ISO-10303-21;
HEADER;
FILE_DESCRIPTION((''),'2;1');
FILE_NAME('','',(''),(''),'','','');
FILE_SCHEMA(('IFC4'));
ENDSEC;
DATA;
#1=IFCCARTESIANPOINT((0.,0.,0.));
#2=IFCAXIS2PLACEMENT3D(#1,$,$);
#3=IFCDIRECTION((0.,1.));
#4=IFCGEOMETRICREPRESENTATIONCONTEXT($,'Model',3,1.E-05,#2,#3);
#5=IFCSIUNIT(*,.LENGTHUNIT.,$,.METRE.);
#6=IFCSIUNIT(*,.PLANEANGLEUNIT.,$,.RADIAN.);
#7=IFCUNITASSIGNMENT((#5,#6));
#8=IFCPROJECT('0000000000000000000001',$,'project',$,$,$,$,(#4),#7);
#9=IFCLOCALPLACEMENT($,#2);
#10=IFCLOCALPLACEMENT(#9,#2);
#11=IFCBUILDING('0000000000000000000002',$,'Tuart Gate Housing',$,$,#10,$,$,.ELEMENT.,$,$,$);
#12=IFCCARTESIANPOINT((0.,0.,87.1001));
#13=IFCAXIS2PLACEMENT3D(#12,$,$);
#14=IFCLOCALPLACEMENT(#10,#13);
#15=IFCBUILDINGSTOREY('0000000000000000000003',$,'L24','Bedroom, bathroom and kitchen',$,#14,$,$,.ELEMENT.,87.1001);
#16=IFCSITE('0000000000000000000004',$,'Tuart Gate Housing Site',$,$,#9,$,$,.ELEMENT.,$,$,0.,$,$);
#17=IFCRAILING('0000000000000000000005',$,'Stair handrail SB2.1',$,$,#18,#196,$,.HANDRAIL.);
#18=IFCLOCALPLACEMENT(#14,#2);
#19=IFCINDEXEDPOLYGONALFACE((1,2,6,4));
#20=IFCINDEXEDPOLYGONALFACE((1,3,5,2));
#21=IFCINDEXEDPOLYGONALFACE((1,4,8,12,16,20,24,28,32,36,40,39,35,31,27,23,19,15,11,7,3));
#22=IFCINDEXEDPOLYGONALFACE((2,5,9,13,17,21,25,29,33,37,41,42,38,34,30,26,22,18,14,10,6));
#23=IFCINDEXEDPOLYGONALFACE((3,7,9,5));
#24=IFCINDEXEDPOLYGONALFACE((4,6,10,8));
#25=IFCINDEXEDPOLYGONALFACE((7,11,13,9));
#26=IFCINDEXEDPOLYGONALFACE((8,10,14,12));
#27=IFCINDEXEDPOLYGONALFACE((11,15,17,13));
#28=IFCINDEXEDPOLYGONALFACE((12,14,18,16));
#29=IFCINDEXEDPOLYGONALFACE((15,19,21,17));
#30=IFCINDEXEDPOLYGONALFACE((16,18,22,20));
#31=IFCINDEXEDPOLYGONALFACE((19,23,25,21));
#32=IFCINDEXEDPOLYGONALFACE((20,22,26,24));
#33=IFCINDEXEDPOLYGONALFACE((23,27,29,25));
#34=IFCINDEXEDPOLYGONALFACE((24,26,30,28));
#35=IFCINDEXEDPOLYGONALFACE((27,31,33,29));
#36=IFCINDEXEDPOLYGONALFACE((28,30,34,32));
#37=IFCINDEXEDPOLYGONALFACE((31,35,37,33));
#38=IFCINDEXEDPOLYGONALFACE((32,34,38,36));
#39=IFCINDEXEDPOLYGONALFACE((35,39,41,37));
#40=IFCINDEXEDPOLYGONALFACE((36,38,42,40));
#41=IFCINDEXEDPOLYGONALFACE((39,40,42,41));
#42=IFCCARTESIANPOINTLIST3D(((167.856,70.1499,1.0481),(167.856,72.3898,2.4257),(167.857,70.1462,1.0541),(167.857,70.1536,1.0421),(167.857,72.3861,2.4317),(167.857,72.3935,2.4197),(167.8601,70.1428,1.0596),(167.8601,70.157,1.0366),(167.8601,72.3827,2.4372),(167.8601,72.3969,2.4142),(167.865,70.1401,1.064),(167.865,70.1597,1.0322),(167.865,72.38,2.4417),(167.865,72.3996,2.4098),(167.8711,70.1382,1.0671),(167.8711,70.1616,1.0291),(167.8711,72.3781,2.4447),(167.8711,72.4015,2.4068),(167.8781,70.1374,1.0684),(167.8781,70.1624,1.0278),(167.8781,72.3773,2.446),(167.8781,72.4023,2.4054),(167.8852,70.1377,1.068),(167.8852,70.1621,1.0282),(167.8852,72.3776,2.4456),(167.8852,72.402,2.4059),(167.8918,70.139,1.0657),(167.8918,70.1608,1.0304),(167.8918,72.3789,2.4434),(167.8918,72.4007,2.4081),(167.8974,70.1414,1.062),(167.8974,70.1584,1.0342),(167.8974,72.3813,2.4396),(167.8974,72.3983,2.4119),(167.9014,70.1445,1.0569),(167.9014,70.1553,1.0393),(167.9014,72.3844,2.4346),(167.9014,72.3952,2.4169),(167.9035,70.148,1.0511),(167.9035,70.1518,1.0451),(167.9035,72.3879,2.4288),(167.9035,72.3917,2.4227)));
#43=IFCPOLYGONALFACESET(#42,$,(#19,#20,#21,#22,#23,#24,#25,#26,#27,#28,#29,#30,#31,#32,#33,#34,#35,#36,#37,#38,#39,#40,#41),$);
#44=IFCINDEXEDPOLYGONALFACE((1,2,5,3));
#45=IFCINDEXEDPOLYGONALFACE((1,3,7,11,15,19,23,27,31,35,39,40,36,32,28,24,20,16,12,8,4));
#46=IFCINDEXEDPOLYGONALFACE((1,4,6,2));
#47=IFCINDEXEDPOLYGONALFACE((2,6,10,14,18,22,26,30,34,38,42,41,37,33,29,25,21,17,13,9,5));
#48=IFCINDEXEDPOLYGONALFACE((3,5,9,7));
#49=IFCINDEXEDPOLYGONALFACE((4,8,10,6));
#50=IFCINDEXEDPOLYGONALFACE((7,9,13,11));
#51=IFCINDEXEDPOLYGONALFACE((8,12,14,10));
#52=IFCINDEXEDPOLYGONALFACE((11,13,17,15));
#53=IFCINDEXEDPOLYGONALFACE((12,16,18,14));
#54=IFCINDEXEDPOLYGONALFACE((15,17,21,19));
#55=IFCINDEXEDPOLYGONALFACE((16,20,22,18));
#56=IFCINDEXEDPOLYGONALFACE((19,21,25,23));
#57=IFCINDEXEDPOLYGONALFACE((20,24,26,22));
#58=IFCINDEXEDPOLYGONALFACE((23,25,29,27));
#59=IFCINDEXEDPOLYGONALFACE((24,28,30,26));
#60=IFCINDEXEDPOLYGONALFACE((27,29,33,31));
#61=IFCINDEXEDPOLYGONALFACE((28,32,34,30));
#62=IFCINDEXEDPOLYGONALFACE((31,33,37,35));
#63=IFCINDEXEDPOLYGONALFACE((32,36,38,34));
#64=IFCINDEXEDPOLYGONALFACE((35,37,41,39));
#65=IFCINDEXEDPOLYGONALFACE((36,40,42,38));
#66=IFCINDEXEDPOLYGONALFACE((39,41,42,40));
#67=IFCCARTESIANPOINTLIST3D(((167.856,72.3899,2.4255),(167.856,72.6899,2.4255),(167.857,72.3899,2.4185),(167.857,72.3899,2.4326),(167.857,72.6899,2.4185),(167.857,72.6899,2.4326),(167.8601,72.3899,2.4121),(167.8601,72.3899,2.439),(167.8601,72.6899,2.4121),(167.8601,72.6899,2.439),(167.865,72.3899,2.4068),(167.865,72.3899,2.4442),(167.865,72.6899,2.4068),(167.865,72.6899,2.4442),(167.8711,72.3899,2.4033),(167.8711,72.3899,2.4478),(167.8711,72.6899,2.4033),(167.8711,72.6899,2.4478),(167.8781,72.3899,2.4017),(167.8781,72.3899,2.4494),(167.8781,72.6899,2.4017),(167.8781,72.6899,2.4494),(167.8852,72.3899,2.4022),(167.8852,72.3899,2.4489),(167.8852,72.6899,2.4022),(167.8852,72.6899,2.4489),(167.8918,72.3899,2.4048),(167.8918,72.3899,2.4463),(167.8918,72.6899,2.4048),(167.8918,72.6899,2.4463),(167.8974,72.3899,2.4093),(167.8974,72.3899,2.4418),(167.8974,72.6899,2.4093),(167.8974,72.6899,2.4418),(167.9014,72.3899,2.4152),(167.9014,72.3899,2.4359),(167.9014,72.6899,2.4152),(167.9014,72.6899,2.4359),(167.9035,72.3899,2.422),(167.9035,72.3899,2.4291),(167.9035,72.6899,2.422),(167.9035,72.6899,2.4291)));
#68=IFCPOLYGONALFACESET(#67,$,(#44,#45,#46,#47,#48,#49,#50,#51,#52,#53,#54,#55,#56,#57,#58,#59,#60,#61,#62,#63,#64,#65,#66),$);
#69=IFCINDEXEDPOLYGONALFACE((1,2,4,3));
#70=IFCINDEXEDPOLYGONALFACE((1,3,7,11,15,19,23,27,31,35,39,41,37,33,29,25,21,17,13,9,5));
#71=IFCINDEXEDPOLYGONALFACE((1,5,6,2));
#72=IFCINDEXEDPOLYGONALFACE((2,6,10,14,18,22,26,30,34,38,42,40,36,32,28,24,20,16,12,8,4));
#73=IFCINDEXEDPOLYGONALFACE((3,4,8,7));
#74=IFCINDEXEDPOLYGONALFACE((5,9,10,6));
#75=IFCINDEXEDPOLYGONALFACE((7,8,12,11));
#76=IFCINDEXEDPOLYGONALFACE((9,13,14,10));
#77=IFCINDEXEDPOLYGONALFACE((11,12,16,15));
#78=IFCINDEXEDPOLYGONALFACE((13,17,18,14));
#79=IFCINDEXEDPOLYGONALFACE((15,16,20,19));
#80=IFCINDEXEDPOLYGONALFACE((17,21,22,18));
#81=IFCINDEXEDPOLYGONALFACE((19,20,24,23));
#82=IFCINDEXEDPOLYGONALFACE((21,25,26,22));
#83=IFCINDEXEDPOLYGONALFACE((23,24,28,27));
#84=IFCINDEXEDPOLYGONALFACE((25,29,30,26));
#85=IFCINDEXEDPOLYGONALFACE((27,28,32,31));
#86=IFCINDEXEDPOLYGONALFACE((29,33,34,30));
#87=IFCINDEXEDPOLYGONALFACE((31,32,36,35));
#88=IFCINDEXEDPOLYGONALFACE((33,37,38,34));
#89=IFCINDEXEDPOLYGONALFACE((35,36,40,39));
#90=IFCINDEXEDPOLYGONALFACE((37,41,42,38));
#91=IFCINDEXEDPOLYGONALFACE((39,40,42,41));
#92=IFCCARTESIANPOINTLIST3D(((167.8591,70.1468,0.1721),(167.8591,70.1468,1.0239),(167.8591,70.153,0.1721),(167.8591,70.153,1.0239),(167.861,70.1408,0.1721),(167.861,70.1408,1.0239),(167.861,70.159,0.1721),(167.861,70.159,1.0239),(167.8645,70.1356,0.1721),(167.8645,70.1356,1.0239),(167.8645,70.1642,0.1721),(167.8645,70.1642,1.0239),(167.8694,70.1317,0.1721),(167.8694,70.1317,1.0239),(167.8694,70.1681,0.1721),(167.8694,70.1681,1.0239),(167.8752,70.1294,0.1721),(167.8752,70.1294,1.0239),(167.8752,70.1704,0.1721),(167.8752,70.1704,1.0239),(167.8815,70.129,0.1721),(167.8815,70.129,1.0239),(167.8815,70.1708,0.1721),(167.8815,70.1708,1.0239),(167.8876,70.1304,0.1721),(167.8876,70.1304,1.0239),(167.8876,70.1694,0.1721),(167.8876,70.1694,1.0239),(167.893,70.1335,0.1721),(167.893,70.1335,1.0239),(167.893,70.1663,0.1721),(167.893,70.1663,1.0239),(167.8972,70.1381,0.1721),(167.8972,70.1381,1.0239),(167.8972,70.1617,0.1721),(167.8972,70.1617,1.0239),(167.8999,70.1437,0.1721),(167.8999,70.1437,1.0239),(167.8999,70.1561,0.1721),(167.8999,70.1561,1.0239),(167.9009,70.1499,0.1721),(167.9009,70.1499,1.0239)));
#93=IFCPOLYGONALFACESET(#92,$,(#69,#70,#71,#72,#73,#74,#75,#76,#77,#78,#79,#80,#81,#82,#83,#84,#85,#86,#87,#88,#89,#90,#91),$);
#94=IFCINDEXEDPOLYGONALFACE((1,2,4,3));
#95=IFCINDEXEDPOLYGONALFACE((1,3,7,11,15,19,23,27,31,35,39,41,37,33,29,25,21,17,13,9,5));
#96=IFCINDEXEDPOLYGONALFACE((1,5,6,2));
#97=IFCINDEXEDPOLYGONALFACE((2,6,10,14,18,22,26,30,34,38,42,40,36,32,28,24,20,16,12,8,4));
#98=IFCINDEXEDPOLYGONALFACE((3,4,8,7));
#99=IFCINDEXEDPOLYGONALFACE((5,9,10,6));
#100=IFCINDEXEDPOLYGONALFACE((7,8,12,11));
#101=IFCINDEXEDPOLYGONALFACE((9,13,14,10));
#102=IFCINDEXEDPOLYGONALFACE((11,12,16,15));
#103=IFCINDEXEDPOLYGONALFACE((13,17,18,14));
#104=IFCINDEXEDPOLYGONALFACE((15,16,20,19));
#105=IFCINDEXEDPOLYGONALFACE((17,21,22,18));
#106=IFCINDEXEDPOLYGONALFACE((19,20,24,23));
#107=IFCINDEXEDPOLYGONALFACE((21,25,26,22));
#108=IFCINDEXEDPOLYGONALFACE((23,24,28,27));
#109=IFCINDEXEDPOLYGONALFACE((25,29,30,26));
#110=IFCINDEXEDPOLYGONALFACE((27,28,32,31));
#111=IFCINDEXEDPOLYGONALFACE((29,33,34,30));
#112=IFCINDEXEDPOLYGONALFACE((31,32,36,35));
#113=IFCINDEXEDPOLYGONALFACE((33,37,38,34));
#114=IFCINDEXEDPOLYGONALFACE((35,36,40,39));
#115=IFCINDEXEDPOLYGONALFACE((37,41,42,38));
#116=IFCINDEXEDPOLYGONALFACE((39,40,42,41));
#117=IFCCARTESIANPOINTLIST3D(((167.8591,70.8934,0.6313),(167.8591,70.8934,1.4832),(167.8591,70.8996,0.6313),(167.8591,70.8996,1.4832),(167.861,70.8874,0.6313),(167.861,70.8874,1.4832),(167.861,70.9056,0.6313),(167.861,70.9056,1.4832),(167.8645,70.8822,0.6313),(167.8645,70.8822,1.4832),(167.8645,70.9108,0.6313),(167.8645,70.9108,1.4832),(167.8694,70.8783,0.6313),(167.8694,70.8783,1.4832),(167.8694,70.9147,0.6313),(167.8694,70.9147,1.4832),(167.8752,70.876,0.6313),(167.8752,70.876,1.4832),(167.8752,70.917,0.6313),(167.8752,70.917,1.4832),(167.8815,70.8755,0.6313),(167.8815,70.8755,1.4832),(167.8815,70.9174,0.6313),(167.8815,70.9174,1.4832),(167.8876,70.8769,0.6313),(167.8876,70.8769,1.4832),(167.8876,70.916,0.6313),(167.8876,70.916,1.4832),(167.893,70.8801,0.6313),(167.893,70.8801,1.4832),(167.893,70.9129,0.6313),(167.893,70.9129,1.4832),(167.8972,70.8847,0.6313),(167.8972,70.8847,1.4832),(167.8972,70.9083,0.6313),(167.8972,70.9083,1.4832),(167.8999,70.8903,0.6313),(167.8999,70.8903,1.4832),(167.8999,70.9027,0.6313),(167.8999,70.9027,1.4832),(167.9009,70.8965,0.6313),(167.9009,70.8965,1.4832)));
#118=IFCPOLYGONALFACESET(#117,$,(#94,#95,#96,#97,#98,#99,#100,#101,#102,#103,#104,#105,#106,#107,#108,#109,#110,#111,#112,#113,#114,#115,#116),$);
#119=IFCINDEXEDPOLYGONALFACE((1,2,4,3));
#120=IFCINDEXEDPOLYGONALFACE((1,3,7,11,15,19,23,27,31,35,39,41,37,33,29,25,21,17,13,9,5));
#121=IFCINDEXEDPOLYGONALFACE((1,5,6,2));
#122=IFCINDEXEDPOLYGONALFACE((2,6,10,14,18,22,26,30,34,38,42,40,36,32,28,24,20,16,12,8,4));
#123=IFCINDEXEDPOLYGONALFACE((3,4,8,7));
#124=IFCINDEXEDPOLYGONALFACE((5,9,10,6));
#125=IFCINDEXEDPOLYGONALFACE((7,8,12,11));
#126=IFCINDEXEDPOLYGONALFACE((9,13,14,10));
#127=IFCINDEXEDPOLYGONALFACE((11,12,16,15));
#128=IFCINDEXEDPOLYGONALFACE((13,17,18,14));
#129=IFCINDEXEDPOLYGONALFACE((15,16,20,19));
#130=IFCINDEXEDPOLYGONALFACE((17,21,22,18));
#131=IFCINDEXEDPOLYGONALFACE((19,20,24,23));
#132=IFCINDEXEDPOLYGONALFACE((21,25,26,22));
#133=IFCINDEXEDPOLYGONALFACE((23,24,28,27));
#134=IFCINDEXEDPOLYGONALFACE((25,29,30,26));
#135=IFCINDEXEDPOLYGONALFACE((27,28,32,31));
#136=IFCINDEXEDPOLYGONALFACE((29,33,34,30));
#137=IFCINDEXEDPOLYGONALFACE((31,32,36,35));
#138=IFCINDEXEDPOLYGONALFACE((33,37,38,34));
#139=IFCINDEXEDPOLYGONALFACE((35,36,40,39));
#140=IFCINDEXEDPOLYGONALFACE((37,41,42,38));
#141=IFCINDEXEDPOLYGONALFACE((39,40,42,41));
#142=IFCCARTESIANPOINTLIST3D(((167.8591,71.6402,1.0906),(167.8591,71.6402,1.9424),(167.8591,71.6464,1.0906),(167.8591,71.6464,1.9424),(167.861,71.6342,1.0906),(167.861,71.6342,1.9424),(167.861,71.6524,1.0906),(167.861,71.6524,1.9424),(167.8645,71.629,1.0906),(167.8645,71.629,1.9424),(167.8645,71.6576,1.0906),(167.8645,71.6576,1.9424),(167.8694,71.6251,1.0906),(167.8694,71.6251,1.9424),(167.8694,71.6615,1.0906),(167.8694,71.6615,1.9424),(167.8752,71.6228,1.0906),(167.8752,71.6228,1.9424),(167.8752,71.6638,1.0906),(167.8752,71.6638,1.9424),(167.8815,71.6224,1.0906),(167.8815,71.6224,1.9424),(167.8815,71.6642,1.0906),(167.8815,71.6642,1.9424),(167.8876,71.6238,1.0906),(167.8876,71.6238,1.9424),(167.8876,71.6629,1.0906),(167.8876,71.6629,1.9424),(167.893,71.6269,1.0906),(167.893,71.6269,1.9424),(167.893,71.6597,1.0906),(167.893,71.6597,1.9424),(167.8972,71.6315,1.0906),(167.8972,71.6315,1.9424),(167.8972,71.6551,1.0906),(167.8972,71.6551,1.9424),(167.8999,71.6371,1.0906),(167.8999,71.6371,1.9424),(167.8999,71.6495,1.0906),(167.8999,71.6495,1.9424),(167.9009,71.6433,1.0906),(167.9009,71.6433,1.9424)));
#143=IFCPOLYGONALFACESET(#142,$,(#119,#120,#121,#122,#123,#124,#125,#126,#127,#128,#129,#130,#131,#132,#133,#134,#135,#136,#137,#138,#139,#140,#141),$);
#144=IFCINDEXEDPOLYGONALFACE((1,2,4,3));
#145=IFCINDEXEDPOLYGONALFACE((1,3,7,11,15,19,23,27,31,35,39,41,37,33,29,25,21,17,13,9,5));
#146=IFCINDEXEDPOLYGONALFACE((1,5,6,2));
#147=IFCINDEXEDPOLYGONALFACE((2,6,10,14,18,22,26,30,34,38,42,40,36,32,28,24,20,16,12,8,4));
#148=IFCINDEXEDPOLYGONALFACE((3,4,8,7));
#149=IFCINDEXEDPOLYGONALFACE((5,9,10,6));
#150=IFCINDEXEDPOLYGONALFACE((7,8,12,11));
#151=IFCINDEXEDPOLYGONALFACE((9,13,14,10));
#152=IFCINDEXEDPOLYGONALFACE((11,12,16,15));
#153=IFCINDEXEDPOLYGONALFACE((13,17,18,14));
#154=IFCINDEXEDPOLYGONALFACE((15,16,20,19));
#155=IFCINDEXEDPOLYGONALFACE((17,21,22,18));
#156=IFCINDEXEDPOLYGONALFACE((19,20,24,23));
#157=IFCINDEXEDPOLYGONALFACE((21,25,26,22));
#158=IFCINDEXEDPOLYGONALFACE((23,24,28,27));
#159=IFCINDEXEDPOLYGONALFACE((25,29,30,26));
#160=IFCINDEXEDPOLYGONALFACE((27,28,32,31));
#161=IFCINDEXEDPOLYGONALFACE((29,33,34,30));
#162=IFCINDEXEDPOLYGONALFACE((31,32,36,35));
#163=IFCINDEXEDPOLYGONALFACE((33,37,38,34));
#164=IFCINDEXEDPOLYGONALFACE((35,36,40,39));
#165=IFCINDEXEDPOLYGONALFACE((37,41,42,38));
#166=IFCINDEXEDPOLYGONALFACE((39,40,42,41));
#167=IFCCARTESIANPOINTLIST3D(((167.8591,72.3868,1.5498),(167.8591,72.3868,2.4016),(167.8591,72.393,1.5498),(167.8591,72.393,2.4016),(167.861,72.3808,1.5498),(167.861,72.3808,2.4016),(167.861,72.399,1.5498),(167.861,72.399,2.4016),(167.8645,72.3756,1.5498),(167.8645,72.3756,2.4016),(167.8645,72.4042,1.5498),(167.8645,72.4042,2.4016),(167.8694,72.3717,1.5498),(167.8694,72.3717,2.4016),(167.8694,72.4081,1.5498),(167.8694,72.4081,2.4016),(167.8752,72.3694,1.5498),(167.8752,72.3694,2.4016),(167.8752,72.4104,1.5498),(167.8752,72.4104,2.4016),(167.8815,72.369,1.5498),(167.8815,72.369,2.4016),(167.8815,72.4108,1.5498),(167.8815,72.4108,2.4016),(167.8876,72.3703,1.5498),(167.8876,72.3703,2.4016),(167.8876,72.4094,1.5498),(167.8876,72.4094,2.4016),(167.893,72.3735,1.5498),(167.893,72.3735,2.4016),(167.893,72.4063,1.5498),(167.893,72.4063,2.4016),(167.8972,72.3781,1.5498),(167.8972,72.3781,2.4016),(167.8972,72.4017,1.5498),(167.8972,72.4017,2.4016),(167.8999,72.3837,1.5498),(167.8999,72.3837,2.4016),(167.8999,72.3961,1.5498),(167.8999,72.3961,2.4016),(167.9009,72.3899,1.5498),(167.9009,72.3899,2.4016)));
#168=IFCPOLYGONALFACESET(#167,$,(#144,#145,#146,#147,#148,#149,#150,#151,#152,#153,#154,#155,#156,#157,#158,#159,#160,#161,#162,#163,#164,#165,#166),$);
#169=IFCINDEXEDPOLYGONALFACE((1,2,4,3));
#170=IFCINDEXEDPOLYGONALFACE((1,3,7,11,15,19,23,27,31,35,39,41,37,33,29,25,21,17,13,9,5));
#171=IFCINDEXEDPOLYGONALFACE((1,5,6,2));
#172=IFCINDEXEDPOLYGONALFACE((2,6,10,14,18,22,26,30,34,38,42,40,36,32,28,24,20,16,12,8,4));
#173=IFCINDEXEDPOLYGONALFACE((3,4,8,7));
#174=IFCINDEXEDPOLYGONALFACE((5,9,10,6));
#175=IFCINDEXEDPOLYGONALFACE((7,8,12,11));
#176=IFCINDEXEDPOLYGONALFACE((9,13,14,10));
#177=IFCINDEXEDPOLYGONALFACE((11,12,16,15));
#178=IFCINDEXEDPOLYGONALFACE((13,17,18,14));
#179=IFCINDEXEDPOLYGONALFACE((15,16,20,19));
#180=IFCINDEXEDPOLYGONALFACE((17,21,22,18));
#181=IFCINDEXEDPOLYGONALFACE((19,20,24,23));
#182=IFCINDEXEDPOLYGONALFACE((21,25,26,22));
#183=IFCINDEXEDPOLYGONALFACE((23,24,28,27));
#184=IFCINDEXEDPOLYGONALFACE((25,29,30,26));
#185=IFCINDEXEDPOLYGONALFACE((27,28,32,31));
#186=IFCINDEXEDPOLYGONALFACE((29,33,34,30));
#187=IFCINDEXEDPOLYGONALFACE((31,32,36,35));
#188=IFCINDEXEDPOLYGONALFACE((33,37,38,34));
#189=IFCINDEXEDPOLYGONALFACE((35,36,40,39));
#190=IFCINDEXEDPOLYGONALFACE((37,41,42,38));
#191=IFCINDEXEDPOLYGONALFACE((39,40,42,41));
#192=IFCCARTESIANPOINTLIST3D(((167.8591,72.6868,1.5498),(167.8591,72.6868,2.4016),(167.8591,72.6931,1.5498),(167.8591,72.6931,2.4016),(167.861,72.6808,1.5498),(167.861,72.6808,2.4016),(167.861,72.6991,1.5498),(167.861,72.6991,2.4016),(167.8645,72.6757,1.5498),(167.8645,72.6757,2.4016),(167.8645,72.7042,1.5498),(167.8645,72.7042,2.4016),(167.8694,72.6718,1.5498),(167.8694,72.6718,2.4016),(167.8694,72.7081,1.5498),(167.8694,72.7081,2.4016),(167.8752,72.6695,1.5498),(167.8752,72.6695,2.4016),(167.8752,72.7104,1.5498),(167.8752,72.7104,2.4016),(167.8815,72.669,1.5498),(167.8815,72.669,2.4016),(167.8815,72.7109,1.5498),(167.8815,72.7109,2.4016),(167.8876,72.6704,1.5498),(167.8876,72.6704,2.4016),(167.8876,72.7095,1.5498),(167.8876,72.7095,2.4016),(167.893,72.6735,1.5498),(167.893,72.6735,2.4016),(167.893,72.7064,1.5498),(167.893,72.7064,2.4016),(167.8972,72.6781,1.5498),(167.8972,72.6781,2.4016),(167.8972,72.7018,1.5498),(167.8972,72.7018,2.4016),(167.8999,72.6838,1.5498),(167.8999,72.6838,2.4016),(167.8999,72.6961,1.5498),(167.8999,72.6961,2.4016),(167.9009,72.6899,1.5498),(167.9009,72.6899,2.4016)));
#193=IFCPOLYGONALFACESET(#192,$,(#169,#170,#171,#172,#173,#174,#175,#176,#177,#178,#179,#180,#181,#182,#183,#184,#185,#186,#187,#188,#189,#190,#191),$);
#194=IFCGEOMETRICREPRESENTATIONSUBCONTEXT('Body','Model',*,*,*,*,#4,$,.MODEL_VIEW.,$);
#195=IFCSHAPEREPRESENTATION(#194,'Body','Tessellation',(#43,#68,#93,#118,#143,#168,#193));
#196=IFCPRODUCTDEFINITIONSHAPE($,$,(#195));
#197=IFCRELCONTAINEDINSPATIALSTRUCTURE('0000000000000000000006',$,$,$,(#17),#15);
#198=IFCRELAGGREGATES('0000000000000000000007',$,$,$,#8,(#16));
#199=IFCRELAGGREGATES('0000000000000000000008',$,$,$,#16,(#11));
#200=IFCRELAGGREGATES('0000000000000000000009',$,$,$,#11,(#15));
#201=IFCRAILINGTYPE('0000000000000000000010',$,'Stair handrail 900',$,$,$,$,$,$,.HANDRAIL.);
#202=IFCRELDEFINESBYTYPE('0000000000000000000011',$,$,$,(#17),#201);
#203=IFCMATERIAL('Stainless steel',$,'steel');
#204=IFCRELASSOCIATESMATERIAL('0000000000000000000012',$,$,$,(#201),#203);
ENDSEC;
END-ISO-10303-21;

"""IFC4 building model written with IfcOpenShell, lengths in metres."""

from ifc_helpers import new_model, si_unit, direction, frame, origin, origin_2d, place, context, subcontext, project, spatial, circle, extrude, material, type_object, element, save


model = new_model("IFC4")

# Units and contexts
model_context = context("Model", 3, precision=1e-05, world=origin(), true_north=direction((0.0, 1.0)))
body_context = subcontext(model_context, "Body", "Model", "MODEL_VIEW")
ifc_project = project(units=[si_unit("LENGTHUNIT", "METRE"), si_unit("PLANEANGLEUNIT", "RADIAN")], contexts=[model_context])

# Site, building, storey
site_placement = place(None, origin())
site = spatial("IfcSite", under=ifc_project, at=site_placement, Name="Tuart Gate Housing Site", CompositionType="ELEMENT", RefElevation=0.0)
building_placement = place(site_placement, origin())
building = spatial("IfcBuilding", under=site, at=building_placement, Name="Tuart Gate Housing", CompositionType="ELEMENT")
storey_placement = place(building_placement, frame((0.0, 0.0, 87.1001)))
storey = spatial("IfcBuildingStorey", under=building, at=storey_placement, Name="L24", Description="Bedroom, bathroom and kitchen", CompositionType="ELEMENT", Elevation=87.1001)

# Railing
ifc_material_1 = material(Name="Stainless steel", Category="steel")
railing_type = type_object("IfcRailingType", Name="Stair handrail 900", PredefinedType="HANDRAIL", material=ifc_material_1)
railing_placement = place(storey_placement, frame((167.8799, 70.1499, 0.1721)))
element("IfcRailing", 1, at=railing_placement, inside=storey, type_object=railing_type, Name="Stair handrail SB2.1", PredefinedType="HANDRAIL", context=body_context, shape_type="SweptSolid", body=[
    extrude(circle(Radius=0.0239, at=origin_2d()), frame((0.0, 0.0, 0.876), z_axis=(0.0, 0.851789, 0.523885), x_axis=(-1.0, 0.0, 0.0)), (0.0, 0.0, 1.0), 2.6296),
    extrude(circle(Radius=0.0239, at=origin_2d()), frame((0.0, 2.24, 2.2534), z_axis=(0.0, 1.0, 0.0), x_axis=(-1.0, 0.0, 0.0)), (0.0, 0.0, 1.0), 0.3),
    extrude(circle(Radius=0.021, at=origin_2d()), origin(), (0.0, 0.0, 1.0), 0.8518),
    extrude(circle(Radius=0.021, at=origin_2d()), frame((0.0, 0.7466, 0.4592)), (0.0, 0.0, 1.0), 0.8518),
    extrude(circle(Radius=0.021, at=origin_2d()), frame((0.0, 1.4934, 0.9185)), (0.0, 0.0, 1.0), 0.8518),
    extrude(circle(Radius=0.021, at=origin_2d()), frame((0.0, 2.24, 1.3777)), (0.0, 0.0, 1.0), 0.8518),
    extrude(circle(Radius=0.021, at=origin_2d()), frame((0.0, 2.54, 1.3777)), (0.0, 0.0, 1.0), 0.8518),
])

save(model, "model.ifc")
